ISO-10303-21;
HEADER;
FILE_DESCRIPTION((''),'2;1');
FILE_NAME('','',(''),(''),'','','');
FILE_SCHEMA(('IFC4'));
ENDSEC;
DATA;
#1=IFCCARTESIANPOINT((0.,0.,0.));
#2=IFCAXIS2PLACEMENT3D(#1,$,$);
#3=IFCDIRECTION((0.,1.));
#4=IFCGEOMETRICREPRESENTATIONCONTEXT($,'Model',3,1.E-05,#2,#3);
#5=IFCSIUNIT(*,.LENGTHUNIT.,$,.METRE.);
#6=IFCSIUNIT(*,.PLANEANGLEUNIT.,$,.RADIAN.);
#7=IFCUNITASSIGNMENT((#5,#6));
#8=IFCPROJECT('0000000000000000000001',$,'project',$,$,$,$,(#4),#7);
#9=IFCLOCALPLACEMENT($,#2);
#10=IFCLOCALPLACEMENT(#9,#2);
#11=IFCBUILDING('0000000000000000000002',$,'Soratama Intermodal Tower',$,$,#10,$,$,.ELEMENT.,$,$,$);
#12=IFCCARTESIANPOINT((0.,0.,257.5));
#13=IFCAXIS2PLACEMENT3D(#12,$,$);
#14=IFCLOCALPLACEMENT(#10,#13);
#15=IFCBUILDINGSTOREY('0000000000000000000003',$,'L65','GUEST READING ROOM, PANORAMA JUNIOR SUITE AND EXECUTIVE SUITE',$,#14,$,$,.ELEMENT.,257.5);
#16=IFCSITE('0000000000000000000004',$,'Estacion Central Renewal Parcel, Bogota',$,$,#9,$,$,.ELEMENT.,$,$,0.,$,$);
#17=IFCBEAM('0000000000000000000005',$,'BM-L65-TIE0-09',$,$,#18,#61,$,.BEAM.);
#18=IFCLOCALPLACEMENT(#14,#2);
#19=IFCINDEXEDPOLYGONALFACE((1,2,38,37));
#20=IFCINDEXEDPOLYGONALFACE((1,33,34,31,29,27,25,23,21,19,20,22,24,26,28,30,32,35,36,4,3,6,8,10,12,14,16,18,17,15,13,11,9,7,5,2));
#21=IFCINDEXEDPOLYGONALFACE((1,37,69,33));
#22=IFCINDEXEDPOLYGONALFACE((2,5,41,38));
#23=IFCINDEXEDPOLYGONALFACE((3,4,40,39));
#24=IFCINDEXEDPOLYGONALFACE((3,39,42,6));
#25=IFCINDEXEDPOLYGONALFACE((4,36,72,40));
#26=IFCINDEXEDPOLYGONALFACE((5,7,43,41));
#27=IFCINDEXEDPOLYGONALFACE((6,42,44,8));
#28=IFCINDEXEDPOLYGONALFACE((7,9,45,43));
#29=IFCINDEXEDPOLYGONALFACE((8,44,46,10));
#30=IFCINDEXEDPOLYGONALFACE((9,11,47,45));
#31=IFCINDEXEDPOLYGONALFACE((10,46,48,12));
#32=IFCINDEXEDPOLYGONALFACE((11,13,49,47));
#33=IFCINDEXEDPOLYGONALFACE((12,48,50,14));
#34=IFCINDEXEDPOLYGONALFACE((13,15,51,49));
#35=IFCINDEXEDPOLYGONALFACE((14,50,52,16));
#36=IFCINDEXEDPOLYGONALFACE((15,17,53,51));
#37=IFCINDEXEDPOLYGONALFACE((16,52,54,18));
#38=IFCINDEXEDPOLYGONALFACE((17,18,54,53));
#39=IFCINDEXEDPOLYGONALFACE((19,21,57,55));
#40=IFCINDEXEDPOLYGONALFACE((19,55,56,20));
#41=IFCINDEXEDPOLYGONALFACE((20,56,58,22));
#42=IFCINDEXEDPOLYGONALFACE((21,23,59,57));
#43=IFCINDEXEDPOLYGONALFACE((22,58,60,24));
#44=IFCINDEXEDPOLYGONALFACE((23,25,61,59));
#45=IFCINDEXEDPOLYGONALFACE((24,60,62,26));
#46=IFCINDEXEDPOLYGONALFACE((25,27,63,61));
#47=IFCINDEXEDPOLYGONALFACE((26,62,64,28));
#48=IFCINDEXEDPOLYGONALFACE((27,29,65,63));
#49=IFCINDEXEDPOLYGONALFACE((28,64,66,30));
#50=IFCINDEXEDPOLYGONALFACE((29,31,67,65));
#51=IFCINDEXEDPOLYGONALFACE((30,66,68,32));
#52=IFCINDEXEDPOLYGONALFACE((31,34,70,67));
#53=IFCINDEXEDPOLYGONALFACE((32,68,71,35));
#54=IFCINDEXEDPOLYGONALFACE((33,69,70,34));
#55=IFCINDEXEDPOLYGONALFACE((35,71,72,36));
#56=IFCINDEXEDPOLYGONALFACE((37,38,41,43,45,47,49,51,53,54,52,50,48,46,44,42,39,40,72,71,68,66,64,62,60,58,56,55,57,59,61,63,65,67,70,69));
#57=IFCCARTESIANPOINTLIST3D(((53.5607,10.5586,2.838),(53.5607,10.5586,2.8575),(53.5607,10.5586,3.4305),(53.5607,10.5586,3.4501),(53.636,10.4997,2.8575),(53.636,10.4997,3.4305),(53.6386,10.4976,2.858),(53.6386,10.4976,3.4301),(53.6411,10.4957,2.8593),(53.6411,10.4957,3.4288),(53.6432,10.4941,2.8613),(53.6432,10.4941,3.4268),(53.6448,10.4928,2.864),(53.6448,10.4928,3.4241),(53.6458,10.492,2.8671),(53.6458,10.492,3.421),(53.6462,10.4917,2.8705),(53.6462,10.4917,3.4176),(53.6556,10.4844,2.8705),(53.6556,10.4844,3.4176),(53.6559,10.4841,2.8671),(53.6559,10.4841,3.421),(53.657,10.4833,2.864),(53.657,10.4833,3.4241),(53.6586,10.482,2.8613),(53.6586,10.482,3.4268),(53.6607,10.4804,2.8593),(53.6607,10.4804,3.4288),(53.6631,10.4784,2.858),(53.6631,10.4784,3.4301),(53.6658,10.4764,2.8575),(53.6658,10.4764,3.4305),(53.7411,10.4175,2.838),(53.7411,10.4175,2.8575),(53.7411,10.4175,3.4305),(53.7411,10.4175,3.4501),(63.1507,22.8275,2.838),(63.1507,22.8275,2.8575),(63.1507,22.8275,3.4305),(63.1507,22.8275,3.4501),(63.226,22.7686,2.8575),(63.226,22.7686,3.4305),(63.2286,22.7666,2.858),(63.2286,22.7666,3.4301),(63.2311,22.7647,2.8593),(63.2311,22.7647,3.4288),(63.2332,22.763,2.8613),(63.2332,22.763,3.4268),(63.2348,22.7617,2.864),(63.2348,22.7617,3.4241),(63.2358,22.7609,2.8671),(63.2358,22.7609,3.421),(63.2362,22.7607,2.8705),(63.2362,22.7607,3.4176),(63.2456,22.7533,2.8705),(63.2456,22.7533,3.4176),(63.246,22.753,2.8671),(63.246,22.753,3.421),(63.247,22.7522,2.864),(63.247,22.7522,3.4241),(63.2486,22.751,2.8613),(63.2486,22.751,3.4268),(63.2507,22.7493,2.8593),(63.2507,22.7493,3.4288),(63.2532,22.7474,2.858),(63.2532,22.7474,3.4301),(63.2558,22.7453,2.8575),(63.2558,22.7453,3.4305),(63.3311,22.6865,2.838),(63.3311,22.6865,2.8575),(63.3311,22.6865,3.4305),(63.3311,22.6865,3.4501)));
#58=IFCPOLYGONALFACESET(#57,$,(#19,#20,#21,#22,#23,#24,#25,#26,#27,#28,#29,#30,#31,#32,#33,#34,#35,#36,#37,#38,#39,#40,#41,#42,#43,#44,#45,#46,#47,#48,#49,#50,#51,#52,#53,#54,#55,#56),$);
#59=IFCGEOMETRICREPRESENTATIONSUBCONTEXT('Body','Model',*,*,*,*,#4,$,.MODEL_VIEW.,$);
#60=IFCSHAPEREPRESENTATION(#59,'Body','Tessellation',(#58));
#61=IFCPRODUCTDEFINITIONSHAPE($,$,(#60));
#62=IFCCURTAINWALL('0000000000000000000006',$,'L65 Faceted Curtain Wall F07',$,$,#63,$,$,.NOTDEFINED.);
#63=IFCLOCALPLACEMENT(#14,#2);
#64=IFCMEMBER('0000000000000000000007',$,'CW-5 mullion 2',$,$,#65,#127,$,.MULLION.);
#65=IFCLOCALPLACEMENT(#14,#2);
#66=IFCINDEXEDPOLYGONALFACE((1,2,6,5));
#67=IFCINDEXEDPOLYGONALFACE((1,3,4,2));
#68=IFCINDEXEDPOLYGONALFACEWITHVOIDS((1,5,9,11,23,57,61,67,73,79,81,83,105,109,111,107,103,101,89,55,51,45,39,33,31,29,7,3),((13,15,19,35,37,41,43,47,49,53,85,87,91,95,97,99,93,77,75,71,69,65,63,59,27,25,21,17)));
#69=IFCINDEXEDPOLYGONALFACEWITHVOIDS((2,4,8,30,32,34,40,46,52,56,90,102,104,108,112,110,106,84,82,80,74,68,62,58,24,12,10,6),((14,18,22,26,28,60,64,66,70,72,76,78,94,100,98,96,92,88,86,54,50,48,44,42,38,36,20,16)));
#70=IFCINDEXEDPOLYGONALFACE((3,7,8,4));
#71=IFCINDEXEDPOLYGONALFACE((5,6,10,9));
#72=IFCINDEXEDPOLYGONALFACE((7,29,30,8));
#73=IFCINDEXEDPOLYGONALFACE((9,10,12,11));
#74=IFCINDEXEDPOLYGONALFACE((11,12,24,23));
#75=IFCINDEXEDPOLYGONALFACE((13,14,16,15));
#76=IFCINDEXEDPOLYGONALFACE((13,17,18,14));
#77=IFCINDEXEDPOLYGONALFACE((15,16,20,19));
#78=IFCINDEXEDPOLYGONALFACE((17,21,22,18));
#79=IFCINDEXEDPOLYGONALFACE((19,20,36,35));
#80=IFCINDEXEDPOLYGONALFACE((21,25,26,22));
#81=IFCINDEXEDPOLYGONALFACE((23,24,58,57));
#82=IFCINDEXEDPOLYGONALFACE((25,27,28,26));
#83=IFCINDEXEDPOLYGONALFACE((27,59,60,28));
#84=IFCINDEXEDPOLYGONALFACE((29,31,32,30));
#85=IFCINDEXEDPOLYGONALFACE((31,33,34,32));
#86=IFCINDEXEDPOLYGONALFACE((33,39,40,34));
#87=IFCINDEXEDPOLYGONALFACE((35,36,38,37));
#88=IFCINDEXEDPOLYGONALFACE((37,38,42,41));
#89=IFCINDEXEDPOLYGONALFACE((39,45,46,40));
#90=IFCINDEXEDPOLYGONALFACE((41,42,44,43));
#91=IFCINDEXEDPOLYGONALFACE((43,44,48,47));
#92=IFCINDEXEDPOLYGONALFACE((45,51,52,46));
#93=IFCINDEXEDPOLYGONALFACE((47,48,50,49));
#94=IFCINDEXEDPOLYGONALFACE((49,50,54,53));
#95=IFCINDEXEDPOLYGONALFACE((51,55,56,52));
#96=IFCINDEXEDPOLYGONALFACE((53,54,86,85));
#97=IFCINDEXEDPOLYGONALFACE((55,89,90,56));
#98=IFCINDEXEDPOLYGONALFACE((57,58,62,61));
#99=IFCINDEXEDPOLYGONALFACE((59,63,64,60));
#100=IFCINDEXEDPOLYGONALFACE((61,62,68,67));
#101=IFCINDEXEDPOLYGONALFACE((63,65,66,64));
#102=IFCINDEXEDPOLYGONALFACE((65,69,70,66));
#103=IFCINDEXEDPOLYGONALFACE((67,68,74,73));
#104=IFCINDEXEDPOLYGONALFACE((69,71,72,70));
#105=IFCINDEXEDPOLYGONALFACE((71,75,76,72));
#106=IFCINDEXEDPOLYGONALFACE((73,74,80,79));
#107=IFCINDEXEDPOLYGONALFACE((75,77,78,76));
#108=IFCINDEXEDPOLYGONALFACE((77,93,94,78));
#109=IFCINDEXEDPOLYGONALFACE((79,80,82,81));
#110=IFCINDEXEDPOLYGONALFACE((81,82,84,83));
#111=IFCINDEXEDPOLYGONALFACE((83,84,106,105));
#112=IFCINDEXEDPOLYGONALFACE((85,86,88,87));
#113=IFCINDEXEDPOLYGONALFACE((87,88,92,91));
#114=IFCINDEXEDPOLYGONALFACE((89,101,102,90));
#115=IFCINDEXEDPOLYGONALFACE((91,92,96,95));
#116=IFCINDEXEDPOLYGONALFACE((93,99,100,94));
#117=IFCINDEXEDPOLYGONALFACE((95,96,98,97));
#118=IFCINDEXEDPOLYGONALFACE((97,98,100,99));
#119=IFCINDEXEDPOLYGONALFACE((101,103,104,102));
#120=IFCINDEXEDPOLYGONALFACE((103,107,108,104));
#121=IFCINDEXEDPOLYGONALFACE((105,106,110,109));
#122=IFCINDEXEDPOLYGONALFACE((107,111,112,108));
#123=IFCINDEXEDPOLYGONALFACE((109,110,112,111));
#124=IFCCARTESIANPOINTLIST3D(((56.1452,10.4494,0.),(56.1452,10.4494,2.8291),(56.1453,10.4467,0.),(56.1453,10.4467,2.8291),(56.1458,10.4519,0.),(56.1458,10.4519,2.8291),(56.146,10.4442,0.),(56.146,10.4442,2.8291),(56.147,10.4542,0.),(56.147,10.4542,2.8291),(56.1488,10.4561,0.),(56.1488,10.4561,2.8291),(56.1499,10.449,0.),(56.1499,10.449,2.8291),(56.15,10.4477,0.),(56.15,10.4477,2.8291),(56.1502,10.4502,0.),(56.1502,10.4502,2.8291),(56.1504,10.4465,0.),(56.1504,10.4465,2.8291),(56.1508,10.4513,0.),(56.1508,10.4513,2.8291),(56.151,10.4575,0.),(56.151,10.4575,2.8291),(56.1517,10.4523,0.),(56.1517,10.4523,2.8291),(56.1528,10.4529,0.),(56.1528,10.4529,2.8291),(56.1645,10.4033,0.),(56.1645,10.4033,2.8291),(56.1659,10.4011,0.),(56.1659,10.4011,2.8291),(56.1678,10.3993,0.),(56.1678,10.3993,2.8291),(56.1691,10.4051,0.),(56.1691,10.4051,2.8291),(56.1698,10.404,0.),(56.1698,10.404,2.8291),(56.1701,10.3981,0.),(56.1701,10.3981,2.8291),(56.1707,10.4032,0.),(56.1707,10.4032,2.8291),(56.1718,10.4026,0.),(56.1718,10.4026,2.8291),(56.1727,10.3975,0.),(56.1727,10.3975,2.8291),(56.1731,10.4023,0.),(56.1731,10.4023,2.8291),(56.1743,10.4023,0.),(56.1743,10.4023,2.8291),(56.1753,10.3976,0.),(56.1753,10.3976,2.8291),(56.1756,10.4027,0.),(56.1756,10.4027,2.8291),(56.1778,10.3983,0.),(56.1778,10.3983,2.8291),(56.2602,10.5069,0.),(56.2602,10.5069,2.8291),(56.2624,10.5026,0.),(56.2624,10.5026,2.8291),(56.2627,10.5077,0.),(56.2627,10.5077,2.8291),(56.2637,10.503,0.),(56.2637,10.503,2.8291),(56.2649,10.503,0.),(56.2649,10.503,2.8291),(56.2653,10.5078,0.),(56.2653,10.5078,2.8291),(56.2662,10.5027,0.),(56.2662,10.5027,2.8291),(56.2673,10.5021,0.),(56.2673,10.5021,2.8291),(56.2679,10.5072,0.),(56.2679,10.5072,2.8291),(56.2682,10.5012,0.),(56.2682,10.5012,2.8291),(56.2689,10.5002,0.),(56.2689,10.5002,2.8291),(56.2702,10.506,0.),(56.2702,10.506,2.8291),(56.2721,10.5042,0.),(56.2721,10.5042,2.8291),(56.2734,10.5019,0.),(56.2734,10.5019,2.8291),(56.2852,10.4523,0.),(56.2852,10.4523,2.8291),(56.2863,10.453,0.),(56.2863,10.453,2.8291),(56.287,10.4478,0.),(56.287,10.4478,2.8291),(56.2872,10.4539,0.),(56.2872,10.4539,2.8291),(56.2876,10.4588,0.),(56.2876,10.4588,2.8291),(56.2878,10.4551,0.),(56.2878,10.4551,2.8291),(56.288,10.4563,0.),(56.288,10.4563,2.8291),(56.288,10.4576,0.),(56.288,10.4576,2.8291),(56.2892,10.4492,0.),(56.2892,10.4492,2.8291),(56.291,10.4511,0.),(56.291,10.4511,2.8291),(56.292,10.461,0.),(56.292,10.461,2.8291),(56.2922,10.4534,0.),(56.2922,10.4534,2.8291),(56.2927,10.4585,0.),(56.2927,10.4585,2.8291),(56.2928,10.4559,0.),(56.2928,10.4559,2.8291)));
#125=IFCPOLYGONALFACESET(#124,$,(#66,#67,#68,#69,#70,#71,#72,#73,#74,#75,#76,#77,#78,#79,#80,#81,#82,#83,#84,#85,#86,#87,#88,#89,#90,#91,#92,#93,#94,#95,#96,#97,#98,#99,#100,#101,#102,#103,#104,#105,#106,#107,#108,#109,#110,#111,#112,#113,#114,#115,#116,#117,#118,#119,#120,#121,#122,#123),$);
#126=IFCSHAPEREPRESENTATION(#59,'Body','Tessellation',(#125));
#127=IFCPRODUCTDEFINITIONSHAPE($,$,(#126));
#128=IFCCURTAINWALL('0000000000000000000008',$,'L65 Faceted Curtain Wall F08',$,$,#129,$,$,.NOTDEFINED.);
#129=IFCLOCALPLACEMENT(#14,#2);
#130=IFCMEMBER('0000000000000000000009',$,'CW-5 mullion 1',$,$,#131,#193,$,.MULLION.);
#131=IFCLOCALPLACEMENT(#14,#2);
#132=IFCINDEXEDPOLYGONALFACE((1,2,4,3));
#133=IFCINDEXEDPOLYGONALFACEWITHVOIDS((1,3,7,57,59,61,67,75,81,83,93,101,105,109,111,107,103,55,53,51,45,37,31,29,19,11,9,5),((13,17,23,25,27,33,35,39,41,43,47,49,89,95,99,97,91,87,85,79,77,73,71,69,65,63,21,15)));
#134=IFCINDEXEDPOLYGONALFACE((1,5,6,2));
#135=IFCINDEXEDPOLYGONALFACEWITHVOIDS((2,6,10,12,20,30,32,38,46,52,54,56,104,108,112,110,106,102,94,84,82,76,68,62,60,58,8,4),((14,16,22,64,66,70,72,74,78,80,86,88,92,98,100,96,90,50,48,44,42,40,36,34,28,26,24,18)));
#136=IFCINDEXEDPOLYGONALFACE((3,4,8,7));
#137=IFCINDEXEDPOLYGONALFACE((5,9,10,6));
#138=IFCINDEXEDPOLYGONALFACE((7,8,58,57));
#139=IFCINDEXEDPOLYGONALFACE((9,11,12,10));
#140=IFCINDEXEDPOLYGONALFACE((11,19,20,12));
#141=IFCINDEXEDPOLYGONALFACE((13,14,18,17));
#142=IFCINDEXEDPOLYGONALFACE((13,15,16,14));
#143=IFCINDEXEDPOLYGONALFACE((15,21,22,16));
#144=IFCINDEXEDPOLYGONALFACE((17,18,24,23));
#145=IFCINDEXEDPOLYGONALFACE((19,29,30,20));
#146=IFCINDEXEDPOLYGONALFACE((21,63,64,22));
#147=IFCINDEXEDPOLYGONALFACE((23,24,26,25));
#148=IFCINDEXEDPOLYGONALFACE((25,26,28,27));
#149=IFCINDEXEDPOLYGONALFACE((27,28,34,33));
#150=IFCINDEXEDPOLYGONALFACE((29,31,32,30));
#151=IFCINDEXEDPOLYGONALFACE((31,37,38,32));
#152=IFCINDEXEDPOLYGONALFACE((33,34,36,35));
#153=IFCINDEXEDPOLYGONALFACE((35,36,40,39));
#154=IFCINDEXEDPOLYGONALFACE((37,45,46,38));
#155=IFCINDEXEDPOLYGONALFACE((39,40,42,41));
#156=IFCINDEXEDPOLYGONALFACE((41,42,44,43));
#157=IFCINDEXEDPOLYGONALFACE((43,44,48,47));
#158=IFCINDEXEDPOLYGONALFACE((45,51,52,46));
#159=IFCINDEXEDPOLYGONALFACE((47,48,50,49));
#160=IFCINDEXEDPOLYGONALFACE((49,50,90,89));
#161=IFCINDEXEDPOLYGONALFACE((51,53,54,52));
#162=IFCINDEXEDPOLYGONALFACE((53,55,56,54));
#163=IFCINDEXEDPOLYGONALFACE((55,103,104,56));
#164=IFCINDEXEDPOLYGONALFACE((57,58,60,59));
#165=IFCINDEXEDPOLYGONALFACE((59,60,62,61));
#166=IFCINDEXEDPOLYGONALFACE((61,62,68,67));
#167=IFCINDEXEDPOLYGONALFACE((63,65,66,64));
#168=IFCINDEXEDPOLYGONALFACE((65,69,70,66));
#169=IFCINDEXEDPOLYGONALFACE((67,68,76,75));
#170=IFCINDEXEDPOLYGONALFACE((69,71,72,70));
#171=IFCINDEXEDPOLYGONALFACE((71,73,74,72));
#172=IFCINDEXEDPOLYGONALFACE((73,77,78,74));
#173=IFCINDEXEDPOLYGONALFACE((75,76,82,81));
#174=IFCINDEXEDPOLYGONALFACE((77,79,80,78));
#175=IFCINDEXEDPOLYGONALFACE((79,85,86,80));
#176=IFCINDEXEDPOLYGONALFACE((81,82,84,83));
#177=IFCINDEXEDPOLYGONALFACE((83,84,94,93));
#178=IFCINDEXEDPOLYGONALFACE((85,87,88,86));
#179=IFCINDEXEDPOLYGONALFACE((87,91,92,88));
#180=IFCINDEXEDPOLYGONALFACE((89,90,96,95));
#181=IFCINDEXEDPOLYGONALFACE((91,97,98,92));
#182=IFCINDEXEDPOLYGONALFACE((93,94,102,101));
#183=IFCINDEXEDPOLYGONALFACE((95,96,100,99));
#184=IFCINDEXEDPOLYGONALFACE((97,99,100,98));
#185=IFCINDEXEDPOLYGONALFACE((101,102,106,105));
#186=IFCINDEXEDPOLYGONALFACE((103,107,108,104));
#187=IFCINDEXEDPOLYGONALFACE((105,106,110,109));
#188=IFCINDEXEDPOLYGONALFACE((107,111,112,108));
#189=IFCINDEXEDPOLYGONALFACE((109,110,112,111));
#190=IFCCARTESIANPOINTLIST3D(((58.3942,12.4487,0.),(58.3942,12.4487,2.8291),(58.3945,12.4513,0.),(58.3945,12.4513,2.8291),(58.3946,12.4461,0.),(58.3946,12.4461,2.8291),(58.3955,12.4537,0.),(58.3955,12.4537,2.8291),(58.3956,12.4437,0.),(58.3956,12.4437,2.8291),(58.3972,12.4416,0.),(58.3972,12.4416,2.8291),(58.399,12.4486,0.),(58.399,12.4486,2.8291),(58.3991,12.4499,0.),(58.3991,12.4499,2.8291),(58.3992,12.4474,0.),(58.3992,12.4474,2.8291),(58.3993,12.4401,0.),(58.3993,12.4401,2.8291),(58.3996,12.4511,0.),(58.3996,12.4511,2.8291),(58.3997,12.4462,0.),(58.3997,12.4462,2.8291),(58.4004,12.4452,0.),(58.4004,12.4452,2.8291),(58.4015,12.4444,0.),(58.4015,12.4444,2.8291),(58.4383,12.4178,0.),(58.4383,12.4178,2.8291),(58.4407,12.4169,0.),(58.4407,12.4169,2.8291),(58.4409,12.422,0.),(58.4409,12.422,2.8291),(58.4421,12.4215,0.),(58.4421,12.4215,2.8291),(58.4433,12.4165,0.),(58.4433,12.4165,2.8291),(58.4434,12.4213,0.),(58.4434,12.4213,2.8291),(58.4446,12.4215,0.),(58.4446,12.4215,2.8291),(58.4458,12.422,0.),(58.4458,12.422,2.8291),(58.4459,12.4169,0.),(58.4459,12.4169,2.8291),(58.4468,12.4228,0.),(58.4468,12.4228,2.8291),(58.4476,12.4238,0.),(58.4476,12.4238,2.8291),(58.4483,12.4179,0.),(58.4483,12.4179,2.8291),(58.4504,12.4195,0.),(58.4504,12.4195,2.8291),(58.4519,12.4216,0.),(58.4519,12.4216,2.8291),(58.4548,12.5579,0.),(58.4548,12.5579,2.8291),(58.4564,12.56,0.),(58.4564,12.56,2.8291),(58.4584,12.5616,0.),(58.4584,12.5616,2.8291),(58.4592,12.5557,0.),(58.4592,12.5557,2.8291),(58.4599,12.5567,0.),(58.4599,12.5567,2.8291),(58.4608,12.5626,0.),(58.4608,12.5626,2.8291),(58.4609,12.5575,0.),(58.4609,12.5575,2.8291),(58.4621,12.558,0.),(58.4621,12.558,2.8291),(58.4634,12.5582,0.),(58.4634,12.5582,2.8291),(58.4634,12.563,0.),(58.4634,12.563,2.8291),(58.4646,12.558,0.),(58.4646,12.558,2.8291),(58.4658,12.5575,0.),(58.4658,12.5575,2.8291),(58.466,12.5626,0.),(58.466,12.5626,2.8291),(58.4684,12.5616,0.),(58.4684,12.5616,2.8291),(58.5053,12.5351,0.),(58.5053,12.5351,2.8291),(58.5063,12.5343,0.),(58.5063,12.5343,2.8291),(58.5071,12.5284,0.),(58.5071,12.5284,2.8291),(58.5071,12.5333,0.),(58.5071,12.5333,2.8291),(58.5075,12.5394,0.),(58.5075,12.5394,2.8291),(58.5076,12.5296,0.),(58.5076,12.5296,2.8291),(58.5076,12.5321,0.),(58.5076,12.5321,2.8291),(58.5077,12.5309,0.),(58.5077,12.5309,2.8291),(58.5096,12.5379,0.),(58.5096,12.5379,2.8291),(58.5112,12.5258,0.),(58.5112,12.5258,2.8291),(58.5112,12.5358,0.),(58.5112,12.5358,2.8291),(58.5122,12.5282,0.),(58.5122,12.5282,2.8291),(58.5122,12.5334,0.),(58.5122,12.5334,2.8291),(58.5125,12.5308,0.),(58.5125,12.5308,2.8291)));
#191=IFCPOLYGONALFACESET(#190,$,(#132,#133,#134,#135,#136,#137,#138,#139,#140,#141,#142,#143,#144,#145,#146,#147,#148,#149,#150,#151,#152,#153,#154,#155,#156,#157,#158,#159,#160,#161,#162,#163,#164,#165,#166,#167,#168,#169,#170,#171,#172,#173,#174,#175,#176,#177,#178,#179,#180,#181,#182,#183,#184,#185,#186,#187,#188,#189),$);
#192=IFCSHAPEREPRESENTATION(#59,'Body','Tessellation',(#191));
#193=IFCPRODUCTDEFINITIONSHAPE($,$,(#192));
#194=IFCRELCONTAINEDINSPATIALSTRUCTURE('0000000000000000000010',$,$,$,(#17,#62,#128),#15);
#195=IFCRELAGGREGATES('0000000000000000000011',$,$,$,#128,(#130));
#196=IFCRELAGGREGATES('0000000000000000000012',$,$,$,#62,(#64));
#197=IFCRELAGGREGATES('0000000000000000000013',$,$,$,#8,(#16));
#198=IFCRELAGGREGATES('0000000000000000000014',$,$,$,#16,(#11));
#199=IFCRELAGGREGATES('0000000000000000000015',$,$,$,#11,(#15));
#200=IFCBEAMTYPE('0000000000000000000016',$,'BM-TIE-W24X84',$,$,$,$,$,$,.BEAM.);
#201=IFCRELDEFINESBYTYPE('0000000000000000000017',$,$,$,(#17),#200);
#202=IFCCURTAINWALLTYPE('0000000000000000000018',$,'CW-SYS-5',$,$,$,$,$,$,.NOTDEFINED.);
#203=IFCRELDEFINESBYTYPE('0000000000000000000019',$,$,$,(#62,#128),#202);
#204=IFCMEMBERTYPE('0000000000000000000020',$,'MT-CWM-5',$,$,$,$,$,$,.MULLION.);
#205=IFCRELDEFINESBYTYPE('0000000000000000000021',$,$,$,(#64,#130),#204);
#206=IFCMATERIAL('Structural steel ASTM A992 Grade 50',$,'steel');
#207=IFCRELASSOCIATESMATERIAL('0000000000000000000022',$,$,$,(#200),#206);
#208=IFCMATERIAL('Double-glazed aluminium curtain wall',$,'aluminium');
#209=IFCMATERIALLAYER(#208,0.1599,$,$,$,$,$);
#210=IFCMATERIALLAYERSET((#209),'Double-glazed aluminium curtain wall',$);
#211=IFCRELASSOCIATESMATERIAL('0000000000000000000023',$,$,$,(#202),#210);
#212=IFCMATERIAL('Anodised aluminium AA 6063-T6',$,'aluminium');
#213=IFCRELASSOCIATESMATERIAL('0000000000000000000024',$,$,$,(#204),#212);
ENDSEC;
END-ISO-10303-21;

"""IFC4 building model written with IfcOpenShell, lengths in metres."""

from ifc_helpers import new_model, si_unit, direction, frame, origin, origin_2d, place, context, subcontext, project, spatial, hollow_rectangle, i_section, extrude, material, layer, layer_set, material_profile, profile_set, type_object, element, aggregate, save


model = new_model("IFC4")

# Units and contexts
model_context = context("Model", 3, precision=1e-05, world=origin(), true_north=direction((0.0, 1.0)))
body_context = subcontext(model_context, "Body", "Model", "MODEL_VIEW")
ifc_project = project(units=[si_unit("LENGTHUNIT", "METRE"), si_unit("PLANEANGLEUNIT", "RADIAN")], contexts=[model_context])

# Site, building, storey
site_placement = place(None, origin())
site = spatial("IfcSite", under=ifc_project, at=site_placement, Name="Estacion Central Renewal Parcel, Bogota", CompositionType="ELEMENT", RefElevation=0.0)
building_placement = place(site_placement, origin())
building = spatial("IfcBuilding", under=site, at=building_placement, Name="Soratama Intermodal Tower", CompositionType="ELEMENT")
storey_placement = place(building_placement, frame((0.0, 0.0, 257.5)))
storey = spatial("IfcBuildingStorey", under=building, at=storey_placement, Name="L65", Description="GUEST READING ROOM, PANORAMA JUNIOR SUITE AND EXECUTIVE SUITE", CompositionType="ELEMENT", Elevation=257.5)

# Beam
ifc_material_1 = material(Name="Structural steel ASTM A992 Grade 50", Category="steel")
ifc_material_profile_1 = material_profile(ifc_material_1, i_section(OverallWidth=0.229, OverallDepth=0.6121, WebThickness=0.012, FlangeThickness=0.0195, FilletRadius=0.0129, at=origin_2d()), Name="W24X84")
ifc_profile_set_1 = profile_set([ifc_material_profile_1], Name="Structural steel ASTM A992 Grade 50")
beam_type_1 = type_object("IfcBeamType", Name="BM-TIE-W24X84", PredefinedType="BEAM", material=ifc_profile_set_1)
beam_1_placement = place(storey_placement, frame((53.6509, 10.488, 3.144), z_axis=(0.615839, 0.787872, 0.0), x_axis=(-0.787872, 0.615839, 0.0)))
element("IfcBeam", 1, at=beam_1_placement, inside=storey, type_object=beam_type_1, Name="BM-L65-TIE0-09", PredefinedType="BEAM", context=body_context, shape_type="SweptSolid", body=[
    extrude(i_section(OverallWidth=0.229, OverallDepth=0.6121, WebThickness=0.012, FlangeThickness=0.0195, FilletRadius=0.0129, at=origin_2d()), origin(), (0.0, 0.0, 1.0), 15.5723),
])

# Curtain walls, members
ifc_material_2 = material(Name="Double-glazed aluminium curtain wall", Category="aluminium")
ifc_layer_1 = layer(ifc_material_2, 0.1599)
ifc_layer_set_1 = layer_set([ifc_layer_1], Name="Double-glazed aluminium curtain wall")
curtain_wall_type = type_object("IfcCurtainWallType", Name="CW-SYS-5", PredefinedType="NOTDEFINED", material=ifc_layer_set_1)
curtain_wall_1_placement = place(storey_placement, origin())
curtain_wall_1 = element("IfcCurtainWall", 2, at=curtain_wall_1_placement, inside=storey, type_object=curtain_wall_type, Name="L65 Faceted Curtain Wall F07", PredefinedType="NOTDEFINED")
ifc_material_3 = material(Name="Anodised aluminium AA 6063-T6", Category="aluminium")
ifc_material_profile_2 = material_profile(ifc_material_3, hollow_rectangle(XDim=0.0649, YDim=0.1399, WallThickness=0.0049, InnerFilletRadius=0.0049, OuterFilletRadius=0.01, at=origin_2d()), Name="CWM140X65X5")
ifc_profile_set_2 = profile_set([ifc_material_profile_2], Name="Anodised aluminium AA 6063-T6")
member_type_1 = type_object("IfcMemberType", Name="MT-CWM-5", PredefinedType="MULLION", material=ifc_profile_set_2)
member_1_placement = place(storey_placement, frame((56.219, 10.4526, 0.0), z_axis=(0.0, 0.0, 1.0), x_axis=(-0.412468, 0.910972, 0.0)))
member_1 = element("IfcMember", 3, at=member_1_placement, type_object=member_type_1, Name="CW-5 mullion 2", PredefinedType="MULLION", context=body_context, shape_type="SweptSolid", body=[
    extrude(hollow_rectangle(XDim=0.0649, YDim=0.1399, WallThickness=0.0049, InnerFilletRadius=0.0049, OuterFilletRadius=0.01, at=origin_2d()), origin(), (0.0, 0.0, 1.0), 2.8291),
])
curtain_wall_2_placement = place(storey_placement, origin())
curtain_wall_2 = element("IfcCurtainWall", 4, at=curtain_wall_2_placement, inside=storey, type_object=curtain_wall_type, Name="L65 Faceted Curtain Wall F08", PredefinedType="NOTDEFINED")
member_2_placement = place(storey_placement, frame((58.4534, 12.4897, 0.0), z_axis=(0.0, 0.0, 1.0), x_axis=(-0.869148, 0.494552, 0.0)))
member_2 = element("IfcMember", 5, at=member_2_placement, type_object=member_type_1, Name="CW-5 mullion 1", PredefinedType="MULLION", context=body_context, shape_type="SweptSolid", body=[
    extrude(hollow_rectangle(XDim=0.0649, YDim=0.1399, WallThickness=0.0049, InnerFilletRadius=0.0049, OuterFilletRadius=0.01, at=origin_2d()), origin(), (0.0, 0.0, 1.0), 2.8291),
])

aggregate(curtain_wall_2, [member_2])

aggregate(curtain_wall_1, [member_1])

save(model, "model.ifc")
